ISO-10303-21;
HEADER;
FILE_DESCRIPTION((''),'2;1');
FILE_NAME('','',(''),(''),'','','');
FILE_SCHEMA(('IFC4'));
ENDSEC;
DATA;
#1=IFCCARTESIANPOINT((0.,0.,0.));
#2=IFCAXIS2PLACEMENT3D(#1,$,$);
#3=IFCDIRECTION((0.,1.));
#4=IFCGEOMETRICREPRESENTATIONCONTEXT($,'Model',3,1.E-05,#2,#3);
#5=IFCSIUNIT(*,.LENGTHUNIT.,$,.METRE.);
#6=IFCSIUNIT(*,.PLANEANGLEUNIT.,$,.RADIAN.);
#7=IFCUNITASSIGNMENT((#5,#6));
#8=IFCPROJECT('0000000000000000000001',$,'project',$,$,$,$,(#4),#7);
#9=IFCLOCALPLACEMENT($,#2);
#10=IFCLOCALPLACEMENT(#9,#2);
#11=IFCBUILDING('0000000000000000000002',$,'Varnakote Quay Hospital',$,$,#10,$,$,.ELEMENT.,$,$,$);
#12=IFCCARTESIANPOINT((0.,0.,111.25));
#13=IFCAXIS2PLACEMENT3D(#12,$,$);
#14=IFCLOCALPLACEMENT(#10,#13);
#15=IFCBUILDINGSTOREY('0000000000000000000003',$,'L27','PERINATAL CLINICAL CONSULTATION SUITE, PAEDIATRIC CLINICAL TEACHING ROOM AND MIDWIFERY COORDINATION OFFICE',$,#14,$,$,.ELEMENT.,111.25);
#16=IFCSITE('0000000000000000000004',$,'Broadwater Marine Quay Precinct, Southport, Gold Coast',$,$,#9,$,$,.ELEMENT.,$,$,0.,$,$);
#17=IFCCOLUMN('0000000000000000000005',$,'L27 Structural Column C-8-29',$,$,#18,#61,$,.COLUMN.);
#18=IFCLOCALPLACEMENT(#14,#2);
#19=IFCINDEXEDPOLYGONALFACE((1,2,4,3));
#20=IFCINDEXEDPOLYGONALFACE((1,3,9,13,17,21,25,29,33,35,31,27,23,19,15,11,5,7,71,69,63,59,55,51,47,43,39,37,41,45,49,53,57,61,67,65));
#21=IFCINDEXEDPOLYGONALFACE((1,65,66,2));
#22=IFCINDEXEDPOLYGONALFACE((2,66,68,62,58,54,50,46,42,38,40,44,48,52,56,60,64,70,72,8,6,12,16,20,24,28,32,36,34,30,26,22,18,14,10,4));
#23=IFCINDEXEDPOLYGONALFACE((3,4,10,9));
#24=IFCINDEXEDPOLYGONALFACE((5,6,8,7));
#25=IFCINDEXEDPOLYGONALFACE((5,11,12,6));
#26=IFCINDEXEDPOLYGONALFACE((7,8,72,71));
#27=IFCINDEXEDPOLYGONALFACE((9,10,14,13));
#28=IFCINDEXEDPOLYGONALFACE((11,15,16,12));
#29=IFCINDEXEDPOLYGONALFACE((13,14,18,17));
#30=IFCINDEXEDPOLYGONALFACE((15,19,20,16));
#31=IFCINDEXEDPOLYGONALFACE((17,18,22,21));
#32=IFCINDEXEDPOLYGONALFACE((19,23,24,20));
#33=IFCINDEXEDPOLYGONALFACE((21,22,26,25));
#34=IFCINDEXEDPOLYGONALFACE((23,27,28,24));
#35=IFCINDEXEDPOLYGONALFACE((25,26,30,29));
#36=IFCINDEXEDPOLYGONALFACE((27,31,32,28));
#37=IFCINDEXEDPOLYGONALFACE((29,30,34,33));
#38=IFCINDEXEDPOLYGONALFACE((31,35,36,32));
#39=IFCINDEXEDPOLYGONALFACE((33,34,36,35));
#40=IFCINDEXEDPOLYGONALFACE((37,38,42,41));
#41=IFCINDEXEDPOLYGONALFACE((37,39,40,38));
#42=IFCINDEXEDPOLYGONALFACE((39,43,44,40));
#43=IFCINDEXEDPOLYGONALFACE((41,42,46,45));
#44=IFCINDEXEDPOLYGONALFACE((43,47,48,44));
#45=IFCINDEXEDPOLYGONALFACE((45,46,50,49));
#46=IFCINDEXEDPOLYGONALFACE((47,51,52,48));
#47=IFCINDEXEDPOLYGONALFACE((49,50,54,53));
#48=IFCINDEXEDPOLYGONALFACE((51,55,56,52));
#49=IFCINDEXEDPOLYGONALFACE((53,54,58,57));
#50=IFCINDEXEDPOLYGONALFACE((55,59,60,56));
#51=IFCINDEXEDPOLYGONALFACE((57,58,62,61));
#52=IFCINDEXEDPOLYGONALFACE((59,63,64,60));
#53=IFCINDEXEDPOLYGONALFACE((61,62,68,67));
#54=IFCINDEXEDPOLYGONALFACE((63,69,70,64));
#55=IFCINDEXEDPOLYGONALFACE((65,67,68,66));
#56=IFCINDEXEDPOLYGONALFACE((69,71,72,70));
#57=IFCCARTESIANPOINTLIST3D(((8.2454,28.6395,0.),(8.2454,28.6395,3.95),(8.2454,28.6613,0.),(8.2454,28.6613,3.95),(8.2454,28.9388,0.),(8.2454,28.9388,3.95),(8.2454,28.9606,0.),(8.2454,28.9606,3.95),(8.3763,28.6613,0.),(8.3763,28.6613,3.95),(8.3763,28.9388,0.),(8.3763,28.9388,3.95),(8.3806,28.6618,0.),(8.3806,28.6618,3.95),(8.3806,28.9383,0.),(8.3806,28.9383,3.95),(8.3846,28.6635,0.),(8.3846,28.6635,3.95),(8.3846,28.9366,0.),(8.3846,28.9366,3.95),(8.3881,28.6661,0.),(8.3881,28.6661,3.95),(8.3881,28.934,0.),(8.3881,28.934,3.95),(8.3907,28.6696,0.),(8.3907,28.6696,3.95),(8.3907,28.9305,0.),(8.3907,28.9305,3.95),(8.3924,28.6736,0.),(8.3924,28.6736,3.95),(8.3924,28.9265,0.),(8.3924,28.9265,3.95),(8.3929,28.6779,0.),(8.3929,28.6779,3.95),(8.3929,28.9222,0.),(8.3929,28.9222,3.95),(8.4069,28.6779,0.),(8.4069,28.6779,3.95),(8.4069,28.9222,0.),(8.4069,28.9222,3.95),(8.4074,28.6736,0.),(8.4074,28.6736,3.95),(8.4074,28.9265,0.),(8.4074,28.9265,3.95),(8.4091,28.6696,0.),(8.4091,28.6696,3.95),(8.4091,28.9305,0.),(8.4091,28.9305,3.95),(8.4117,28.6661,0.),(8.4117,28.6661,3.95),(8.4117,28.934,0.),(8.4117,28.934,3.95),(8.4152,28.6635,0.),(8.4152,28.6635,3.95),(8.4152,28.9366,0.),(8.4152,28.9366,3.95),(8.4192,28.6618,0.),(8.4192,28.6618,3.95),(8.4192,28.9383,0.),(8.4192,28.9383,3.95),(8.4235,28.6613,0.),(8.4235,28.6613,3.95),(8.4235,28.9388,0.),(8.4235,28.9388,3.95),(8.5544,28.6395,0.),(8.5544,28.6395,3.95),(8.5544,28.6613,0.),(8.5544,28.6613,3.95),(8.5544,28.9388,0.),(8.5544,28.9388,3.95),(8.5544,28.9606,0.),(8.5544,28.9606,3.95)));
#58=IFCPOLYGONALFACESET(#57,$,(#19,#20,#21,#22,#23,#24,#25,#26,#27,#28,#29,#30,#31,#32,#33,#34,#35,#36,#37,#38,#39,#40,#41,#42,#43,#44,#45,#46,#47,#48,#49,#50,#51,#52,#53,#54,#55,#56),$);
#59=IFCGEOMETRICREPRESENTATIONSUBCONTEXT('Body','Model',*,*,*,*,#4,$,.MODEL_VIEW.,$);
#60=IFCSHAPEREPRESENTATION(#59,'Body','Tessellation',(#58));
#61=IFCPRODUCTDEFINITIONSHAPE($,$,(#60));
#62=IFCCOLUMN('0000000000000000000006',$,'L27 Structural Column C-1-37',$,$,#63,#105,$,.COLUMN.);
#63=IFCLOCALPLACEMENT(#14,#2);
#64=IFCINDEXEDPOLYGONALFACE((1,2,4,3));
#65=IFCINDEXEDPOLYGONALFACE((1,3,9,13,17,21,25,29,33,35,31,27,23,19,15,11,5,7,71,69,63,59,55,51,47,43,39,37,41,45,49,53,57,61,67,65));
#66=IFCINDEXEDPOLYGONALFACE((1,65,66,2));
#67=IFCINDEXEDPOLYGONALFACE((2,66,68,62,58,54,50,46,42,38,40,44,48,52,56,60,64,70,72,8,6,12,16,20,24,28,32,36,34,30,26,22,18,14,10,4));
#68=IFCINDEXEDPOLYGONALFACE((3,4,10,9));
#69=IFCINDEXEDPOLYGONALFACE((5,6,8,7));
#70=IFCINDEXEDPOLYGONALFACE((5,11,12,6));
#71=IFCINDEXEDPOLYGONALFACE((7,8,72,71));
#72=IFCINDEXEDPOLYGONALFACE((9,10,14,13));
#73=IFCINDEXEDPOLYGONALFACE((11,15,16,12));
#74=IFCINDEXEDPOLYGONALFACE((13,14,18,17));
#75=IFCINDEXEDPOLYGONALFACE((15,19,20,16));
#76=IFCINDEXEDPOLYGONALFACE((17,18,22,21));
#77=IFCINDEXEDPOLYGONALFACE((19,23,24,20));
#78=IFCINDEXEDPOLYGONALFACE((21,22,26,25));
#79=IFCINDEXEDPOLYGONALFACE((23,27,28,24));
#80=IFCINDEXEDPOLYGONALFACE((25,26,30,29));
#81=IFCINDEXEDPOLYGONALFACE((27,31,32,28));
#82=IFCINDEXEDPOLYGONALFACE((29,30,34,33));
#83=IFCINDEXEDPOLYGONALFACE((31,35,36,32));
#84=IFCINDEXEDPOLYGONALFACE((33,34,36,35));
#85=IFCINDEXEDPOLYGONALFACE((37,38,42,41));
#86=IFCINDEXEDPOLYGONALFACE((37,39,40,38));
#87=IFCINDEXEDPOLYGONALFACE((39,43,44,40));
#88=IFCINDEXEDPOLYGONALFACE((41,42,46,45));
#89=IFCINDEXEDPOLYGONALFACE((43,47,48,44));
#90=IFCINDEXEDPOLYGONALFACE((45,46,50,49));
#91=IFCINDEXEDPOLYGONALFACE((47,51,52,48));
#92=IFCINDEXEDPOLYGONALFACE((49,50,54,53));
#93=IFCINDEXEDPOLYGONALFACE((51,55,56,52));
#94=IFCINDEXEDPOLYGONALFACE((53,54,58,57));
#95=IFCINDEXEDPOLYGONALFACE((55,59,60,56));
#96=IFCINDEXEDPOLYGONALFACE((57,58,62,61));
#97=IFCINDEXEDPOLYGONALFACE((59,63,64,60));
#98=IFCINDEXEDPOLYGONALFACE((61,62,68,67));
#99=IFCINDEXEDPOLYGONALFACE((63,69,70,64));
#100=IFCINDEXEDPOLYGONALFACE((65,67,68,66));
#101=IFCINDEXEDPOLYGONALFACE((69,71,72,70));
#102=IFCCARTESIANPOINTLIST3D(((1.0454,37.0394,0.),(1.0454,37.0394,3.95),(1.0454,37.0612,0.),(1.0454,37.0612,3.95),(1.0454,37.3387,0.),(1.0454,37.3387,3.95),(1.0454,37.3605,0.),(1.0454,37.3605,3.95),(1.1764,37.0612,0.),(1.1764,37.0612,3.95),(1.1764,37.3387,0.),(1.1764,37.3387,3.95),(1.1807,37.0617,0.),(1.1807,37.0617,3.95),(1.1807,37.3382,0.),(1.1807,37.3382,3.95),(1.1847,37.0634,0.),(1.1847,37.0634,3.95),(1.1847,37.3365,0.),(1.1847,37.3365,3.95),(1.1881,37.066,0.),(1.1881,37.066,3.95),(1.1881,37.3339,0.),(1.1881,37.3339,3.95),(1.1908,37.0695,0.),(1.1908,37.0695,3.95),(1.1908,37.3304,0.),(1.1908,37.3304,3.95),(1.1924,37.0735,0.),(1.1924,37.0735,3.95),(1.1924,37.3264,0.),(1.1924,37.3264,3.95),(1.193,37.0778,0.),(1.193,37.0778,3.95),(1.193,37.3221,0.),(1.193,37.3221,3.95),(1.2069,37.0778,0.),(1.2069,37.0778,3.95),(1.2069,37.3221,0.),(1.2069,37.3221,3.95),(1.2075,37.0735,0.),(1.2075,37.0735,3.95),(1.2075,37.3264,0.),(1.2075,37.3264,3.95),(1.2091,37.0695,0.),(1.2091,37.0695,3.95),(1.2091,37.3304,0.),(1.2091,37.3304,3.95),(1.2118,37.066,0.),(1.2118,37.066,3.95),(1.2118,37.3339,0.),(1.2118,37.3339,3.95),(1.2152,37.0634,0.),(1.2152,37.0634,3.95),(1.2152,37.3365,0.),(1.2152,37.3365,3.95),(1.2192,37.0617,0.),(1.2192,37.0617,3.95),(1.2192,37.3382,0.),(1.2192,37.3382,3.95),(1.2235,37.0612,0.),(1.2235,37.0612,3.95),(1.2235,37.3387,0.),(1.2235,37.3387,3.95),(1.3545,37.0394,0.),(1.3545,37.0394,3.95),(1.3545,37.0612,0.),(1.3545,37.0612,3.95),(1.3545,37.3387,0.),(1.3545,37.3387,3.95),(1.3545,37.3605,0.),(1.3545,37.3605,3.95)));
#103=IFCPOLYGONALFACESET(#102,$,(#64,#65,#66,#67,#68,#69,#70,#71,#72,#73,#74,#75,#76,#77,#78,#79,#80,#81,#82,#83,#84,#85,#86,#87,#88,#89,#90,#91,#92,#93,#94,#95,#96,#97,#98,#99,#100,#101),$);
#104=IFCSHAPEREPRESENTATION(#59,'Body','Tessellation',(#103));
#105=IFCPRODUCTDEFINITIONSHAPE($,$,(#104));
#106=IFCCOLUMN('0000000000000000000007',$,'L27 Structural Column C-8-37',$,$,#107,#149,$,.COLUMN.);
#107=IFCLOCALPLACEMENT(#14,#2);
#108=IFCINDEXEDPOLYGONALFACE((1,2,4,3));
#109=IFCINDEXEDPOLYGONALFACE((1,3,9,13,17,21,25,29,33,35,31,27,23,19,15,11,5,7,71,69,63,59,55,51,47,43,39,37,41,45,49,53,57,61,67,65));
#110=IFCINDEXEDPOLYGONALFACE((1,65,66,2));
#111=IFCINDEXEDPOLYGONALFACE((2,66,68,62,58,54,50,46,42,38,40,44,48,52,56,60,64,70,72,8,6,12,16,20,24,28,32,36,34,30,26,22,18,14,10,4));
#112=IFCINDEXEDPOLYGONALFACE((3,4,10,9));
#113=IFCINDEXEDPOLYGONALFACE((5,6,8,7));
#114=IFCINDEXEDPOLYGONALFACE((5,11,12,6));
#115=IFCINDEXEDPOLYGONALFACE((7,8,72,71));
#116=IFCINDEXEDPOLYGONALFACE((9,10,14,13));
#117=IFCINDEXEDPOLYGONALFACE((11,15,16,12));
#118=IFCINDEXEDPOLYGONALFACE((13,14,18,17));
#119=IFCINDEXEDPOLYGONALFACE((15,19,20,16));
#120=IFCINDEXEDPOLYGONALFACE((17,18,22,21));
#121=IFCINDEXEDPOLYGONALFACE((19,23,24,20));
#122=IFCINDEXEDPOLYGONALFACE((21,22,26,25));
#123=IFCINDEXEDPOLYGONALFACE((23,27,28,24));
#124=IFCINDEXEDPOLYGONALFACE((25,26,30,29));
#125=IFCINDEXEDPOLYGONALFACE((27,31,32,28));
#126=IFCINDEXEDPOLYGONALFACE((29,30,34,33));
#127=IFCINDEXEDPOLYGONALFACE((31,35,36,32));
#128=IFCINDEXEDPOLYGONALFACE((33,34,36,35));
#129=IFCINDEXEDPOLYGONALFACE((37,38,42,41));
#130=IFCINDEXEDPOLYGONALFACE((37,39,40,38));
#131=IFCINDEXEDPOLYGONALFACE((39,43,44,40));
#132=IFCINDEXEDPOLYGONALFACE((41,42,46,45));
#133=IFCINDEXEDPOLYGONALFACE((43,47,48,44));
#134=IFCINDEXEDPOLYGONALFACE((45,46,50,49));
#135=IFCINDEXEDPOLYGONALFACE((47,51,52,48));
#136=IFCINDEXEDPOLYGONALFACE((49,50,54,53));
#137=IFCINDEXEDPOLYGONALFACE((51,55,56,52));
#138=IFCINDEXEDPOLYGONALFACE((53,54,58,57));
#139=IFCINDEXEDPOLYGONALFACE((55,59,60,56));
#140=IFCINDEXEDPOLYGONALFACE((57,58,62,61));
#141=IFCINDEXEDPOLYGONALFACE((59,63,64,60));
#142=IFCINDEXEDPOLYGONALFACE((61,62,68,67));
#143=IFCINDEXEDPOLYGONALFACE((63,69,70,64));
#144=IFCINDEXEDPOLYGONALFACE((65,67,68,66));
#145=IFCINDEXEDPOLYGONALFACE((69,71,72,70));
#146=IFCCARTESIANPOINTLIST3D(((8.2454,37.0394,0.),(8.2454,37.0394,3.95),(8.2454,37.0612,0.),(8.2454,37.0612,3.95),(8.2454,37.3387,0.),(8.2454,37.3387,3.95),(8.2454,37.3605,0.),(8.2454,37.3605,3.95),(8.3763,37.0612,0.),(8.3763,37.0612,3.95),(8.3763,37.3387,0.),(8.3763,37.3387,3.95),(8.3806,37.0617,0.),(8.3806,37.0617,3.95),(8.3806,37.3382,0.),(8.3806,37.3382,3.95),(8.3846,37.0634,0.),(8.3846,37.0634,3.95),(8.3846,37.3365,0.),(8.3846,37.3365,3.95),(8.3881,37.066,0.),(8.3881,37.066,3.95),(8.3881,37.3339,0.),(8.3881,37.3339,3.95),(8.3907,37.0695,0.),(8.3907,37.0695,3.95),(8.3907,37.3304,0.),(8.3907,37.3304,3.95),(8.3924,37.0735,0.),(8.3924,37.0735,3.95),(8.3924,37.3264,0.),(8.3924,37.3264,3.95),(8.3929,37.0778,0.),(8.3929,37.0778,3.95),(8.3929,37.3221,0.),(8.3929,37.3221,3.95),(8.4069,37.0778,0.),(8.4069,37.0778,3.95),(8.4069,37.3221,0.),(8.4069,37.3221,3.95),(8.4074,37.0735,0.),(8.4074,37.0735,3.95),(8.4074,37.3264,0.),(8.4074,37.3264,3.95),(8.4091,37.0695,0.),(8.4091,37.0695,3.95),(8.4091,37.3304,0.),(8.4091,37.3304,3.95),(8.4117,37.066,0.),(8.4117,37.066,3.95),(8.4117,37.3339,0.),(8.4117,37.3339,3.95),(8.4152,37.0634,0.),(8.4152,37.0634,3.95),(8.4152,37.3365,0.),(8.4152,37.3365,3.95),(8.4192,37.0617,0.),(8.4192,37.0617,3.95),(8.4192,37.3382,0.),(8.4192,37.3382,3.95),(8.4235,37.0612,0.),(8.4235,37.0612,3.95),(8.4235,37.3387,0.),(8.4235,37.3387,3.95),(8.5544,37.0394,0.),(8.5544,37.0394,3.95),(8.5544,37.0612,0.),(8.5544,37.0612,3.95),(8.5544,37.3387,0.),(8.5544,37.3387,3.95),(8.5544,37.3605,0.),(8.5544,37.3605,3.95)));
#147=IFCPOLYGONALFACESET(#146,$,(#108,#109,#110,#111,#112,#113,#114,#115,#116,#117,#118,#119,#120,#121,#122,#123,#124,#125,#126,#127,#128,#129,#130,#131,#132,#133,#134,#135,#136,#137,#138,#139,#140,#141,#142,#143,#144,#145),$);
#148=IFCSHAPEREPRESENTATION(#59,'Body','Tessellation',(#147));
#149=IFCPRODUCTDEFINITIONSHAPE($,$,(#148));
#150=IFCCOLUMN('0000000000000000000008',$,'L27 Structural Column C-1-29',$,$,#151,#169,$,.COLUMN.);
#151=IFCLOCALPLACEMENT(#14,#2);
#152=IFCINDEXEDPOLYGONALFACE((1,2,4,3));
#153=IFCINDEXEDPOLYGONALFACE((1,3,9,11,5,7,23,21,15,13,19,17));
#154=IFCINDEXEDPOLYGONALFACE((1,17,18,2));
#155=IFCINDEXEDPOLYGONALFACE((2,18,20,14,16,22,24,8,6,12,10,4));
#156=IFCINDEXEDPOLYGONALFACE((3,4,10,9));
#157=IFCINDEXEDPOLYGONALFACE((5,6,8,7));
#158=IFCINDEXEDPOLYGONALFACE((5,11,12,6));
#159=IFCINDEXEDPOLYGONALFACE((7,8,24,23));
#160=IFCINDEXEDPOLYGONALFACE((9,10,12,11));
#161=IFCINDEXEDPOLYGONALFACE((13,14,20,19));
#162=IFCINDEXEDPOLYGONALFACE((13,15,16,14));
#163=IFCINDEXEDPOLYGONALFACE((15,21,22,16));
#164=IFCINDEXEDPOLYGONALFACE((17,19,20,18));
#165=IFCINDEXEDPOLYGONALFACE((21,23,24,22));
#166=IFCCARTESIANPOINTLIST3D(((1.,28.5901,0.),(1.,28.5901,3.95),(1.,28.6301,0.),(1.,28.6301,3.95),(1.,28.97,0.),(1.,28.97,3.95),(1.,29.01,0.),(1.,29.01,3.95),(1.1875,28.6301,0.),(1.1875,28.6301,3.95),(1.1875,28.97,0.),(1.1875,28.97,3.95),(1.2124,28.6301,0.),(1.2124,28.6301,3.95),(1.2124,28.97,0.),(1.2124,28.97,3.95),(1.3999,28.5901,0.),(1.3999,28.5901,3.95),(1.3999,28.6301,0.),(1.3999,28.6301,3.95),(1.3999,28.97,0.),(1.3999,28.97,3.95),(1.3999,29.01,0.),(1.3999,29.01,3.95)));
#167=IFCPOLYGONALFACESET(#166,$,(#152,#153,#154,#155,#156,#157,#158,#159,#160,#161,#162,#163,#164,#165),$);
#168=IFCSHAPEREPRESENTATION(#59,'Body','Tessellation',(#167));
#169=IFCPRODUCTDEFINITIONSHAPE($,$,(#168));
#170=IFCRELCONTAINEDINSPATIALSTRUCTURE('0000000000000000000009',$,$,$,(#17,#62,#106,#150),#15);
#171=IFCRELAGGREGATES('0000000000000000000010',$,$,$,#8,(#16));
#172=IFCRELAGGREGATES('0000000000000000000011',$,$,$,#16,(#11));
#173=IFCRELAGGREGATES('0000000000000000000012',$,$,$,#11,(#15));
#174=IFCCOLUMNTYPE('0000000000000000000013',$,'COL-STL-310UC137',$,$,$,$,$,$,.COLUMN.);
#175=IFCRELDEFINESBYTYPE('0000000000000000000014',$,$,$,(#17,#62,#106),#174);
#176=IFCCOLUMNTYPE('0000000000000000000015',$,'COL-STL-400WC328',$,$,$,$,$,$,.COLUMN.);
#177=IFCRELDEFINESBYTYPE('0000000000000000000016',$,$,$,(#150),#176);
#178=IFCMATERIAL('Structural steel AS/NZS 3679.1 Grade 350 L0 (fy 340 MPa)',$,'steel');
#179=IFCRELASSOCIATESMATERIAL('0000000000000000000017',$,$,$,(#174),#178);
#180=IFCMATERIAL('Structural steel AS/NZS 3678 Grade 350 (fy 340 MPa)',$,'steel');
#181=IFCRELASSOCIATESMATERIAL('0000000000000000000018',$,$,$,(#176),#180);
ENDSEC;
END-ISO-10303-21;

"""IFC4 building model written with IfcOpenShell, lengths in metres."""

from ifc_helpers import new_model, si_unit, direction, frame, origin, origin_2d, place, context, subcontext, project, spatial, i_section, extrude, material, material_profile, profile_set, type_object, element, save


model = new_model("IFC4")

# Units and contexts
model_context = context("Model", 3, precision=1e-05, world=origin(), true_north=direction((0.0, 1.0)))
body_context = subcontext(model_context, "Body", "Model", "MODEL_VIEW")
ifc_project = project(units=[si_unit("LENGTHUNIT", "METRE"), si_unit("PLANEANGLEUNIT", "RADIAN")], contexts=[model_context])

# Site, building, storey
site_placement = place(None, origin())
site = spatial("IfcSite", under=ifc_project, at=site_placement, Name="Broadwater Marine Quay Precinct, Southport, Gold Coast", CompositionType="ELEMENT", RefElevation=0.0)
building_placement = place(site_placement, origin())
building = spatial("IfcBuilding", under=site, at=building_placement, Name="Varnakote Quay Hospital", CompositionType="ELEMENT")
storey_placement = place(building_placement, frame((0.0, 0.0, 111.25)))
storey = spatial("IfcBuildingStorey", under=building, at=storey_placement, Name="L27", Description="PERINATAL CLINICAL CONSULTATION SUITE, PAEDIATRIC CLINICAL TEACHING ROOM AND MIDWIFERY COORDINATION OFFICE", CompositionType="ELEMENT", Elevation=111.25)

# Columns
ifc_material_1 = material(Name="Structural steel AS/NZS 3679.1 Grade 350 L0 (fy 340 MPa)", Category="steel")
ifc_material_profile_1 = material_profile(ifc_material_1, i_section(OverallWidth=0.3091, OverallDepth=0.321, WebThickness=0.0139, FlangeThickness=0.0217, FilletRadius=0.0166, at=origin_2d()), Name="310UC137")
ifc_profile_set_1 = profile_set([ifc_material_profile_1], Name="Structural steel AS/NZS 3679.1 Grade 350 L0 (fy 340 MPa)")
column_type_1 = type_object("IfcColumnType", Name="COL-STL-310UC137", PredefinedType="COLUMN", material=ifc_profile_set_1)
for number, where, z_axis, x_axis, name in (
    (1, (8.3999, 28.8, 0.0), (0.0, 0.0, 1.0), (1.0, 0.0, 0.0), "L27 Structural Column C-8-29"),
    (2, (1.2, 37.2, 0.0), (0.0, 0.0, 1.0), (1.0, 0.0, 0.0), "L27 Structural Column C-1-37"),
    (3, (8.3999, 37.2, 0.0), (0.0, 0.0, 1.0), (1.0, 0.0, 0.0), "L27 Structural Column C-8-37"),
):
    element("IfcColumn", number, at=place(storey_placement, frame(where, z_axis=z_axis, x_axis=x_axis)), inside=storey, type_object=column_type_1, Name=name, PredefinedType="COLUMN", context=body_context, shape_type="SweptSolid", body=[
        extrude(i_section(OverallWidth=0.3091, OverallDepth=0.321, WebThickness=0.0139, FlangeThickness=0.0217, FilletRadius=0.0166, at=origin_2d()), origin(), (0.0, 0.0, 1.0), 3.95),
    ])
ifc_material_2 = material(Name="Structural steel AS/NZS 3678 Grade 350 (fy 340 MPa)", Category="steel")
ifc_material_profile_2 = material_profile(ifc_material_2, i_section(OverallWidth=0.3999, OverallDepth=0.4199, WebThickness=0.0249, FlangeThickness=0.04, at=origin_2d()), Name="400WC328")
ifc_profile_set_2 = profile_set([ifc_material_profile_2], Name="Structural steel AS/NZS 3678 Grade 350 (fy 340 MPa)")
column_type_2 = type_object("IfcColumnType", Name="COL-STL-400WC328", PredefinedType="COLUMN", material=ifc_profile_set_2)
column_placement = place(storey_placement, frame((1.2, 28.8, 0.0), z_axis=(0.0, 0.0, 1.0), x_axis=(1.0, 0.0, 0.0)))
element("IfcColumn", 4, at=column_placement, inside=storey, type_object=column_type_2, Name="L27 Structural Column C-1-29", PredefinedType="COLUMN", context=body_context, shape_type="SweptSolid", body=[
    extrude(i_section(OverallWidth=0.3999, OverallDepth=0.4199, WebThickness=0.0249, FlangeThickness=0.04, at=origin_2d()), origin(), (0.0, 0.0, 1.0), 3.95),
])

save(model, "model.ifc")
